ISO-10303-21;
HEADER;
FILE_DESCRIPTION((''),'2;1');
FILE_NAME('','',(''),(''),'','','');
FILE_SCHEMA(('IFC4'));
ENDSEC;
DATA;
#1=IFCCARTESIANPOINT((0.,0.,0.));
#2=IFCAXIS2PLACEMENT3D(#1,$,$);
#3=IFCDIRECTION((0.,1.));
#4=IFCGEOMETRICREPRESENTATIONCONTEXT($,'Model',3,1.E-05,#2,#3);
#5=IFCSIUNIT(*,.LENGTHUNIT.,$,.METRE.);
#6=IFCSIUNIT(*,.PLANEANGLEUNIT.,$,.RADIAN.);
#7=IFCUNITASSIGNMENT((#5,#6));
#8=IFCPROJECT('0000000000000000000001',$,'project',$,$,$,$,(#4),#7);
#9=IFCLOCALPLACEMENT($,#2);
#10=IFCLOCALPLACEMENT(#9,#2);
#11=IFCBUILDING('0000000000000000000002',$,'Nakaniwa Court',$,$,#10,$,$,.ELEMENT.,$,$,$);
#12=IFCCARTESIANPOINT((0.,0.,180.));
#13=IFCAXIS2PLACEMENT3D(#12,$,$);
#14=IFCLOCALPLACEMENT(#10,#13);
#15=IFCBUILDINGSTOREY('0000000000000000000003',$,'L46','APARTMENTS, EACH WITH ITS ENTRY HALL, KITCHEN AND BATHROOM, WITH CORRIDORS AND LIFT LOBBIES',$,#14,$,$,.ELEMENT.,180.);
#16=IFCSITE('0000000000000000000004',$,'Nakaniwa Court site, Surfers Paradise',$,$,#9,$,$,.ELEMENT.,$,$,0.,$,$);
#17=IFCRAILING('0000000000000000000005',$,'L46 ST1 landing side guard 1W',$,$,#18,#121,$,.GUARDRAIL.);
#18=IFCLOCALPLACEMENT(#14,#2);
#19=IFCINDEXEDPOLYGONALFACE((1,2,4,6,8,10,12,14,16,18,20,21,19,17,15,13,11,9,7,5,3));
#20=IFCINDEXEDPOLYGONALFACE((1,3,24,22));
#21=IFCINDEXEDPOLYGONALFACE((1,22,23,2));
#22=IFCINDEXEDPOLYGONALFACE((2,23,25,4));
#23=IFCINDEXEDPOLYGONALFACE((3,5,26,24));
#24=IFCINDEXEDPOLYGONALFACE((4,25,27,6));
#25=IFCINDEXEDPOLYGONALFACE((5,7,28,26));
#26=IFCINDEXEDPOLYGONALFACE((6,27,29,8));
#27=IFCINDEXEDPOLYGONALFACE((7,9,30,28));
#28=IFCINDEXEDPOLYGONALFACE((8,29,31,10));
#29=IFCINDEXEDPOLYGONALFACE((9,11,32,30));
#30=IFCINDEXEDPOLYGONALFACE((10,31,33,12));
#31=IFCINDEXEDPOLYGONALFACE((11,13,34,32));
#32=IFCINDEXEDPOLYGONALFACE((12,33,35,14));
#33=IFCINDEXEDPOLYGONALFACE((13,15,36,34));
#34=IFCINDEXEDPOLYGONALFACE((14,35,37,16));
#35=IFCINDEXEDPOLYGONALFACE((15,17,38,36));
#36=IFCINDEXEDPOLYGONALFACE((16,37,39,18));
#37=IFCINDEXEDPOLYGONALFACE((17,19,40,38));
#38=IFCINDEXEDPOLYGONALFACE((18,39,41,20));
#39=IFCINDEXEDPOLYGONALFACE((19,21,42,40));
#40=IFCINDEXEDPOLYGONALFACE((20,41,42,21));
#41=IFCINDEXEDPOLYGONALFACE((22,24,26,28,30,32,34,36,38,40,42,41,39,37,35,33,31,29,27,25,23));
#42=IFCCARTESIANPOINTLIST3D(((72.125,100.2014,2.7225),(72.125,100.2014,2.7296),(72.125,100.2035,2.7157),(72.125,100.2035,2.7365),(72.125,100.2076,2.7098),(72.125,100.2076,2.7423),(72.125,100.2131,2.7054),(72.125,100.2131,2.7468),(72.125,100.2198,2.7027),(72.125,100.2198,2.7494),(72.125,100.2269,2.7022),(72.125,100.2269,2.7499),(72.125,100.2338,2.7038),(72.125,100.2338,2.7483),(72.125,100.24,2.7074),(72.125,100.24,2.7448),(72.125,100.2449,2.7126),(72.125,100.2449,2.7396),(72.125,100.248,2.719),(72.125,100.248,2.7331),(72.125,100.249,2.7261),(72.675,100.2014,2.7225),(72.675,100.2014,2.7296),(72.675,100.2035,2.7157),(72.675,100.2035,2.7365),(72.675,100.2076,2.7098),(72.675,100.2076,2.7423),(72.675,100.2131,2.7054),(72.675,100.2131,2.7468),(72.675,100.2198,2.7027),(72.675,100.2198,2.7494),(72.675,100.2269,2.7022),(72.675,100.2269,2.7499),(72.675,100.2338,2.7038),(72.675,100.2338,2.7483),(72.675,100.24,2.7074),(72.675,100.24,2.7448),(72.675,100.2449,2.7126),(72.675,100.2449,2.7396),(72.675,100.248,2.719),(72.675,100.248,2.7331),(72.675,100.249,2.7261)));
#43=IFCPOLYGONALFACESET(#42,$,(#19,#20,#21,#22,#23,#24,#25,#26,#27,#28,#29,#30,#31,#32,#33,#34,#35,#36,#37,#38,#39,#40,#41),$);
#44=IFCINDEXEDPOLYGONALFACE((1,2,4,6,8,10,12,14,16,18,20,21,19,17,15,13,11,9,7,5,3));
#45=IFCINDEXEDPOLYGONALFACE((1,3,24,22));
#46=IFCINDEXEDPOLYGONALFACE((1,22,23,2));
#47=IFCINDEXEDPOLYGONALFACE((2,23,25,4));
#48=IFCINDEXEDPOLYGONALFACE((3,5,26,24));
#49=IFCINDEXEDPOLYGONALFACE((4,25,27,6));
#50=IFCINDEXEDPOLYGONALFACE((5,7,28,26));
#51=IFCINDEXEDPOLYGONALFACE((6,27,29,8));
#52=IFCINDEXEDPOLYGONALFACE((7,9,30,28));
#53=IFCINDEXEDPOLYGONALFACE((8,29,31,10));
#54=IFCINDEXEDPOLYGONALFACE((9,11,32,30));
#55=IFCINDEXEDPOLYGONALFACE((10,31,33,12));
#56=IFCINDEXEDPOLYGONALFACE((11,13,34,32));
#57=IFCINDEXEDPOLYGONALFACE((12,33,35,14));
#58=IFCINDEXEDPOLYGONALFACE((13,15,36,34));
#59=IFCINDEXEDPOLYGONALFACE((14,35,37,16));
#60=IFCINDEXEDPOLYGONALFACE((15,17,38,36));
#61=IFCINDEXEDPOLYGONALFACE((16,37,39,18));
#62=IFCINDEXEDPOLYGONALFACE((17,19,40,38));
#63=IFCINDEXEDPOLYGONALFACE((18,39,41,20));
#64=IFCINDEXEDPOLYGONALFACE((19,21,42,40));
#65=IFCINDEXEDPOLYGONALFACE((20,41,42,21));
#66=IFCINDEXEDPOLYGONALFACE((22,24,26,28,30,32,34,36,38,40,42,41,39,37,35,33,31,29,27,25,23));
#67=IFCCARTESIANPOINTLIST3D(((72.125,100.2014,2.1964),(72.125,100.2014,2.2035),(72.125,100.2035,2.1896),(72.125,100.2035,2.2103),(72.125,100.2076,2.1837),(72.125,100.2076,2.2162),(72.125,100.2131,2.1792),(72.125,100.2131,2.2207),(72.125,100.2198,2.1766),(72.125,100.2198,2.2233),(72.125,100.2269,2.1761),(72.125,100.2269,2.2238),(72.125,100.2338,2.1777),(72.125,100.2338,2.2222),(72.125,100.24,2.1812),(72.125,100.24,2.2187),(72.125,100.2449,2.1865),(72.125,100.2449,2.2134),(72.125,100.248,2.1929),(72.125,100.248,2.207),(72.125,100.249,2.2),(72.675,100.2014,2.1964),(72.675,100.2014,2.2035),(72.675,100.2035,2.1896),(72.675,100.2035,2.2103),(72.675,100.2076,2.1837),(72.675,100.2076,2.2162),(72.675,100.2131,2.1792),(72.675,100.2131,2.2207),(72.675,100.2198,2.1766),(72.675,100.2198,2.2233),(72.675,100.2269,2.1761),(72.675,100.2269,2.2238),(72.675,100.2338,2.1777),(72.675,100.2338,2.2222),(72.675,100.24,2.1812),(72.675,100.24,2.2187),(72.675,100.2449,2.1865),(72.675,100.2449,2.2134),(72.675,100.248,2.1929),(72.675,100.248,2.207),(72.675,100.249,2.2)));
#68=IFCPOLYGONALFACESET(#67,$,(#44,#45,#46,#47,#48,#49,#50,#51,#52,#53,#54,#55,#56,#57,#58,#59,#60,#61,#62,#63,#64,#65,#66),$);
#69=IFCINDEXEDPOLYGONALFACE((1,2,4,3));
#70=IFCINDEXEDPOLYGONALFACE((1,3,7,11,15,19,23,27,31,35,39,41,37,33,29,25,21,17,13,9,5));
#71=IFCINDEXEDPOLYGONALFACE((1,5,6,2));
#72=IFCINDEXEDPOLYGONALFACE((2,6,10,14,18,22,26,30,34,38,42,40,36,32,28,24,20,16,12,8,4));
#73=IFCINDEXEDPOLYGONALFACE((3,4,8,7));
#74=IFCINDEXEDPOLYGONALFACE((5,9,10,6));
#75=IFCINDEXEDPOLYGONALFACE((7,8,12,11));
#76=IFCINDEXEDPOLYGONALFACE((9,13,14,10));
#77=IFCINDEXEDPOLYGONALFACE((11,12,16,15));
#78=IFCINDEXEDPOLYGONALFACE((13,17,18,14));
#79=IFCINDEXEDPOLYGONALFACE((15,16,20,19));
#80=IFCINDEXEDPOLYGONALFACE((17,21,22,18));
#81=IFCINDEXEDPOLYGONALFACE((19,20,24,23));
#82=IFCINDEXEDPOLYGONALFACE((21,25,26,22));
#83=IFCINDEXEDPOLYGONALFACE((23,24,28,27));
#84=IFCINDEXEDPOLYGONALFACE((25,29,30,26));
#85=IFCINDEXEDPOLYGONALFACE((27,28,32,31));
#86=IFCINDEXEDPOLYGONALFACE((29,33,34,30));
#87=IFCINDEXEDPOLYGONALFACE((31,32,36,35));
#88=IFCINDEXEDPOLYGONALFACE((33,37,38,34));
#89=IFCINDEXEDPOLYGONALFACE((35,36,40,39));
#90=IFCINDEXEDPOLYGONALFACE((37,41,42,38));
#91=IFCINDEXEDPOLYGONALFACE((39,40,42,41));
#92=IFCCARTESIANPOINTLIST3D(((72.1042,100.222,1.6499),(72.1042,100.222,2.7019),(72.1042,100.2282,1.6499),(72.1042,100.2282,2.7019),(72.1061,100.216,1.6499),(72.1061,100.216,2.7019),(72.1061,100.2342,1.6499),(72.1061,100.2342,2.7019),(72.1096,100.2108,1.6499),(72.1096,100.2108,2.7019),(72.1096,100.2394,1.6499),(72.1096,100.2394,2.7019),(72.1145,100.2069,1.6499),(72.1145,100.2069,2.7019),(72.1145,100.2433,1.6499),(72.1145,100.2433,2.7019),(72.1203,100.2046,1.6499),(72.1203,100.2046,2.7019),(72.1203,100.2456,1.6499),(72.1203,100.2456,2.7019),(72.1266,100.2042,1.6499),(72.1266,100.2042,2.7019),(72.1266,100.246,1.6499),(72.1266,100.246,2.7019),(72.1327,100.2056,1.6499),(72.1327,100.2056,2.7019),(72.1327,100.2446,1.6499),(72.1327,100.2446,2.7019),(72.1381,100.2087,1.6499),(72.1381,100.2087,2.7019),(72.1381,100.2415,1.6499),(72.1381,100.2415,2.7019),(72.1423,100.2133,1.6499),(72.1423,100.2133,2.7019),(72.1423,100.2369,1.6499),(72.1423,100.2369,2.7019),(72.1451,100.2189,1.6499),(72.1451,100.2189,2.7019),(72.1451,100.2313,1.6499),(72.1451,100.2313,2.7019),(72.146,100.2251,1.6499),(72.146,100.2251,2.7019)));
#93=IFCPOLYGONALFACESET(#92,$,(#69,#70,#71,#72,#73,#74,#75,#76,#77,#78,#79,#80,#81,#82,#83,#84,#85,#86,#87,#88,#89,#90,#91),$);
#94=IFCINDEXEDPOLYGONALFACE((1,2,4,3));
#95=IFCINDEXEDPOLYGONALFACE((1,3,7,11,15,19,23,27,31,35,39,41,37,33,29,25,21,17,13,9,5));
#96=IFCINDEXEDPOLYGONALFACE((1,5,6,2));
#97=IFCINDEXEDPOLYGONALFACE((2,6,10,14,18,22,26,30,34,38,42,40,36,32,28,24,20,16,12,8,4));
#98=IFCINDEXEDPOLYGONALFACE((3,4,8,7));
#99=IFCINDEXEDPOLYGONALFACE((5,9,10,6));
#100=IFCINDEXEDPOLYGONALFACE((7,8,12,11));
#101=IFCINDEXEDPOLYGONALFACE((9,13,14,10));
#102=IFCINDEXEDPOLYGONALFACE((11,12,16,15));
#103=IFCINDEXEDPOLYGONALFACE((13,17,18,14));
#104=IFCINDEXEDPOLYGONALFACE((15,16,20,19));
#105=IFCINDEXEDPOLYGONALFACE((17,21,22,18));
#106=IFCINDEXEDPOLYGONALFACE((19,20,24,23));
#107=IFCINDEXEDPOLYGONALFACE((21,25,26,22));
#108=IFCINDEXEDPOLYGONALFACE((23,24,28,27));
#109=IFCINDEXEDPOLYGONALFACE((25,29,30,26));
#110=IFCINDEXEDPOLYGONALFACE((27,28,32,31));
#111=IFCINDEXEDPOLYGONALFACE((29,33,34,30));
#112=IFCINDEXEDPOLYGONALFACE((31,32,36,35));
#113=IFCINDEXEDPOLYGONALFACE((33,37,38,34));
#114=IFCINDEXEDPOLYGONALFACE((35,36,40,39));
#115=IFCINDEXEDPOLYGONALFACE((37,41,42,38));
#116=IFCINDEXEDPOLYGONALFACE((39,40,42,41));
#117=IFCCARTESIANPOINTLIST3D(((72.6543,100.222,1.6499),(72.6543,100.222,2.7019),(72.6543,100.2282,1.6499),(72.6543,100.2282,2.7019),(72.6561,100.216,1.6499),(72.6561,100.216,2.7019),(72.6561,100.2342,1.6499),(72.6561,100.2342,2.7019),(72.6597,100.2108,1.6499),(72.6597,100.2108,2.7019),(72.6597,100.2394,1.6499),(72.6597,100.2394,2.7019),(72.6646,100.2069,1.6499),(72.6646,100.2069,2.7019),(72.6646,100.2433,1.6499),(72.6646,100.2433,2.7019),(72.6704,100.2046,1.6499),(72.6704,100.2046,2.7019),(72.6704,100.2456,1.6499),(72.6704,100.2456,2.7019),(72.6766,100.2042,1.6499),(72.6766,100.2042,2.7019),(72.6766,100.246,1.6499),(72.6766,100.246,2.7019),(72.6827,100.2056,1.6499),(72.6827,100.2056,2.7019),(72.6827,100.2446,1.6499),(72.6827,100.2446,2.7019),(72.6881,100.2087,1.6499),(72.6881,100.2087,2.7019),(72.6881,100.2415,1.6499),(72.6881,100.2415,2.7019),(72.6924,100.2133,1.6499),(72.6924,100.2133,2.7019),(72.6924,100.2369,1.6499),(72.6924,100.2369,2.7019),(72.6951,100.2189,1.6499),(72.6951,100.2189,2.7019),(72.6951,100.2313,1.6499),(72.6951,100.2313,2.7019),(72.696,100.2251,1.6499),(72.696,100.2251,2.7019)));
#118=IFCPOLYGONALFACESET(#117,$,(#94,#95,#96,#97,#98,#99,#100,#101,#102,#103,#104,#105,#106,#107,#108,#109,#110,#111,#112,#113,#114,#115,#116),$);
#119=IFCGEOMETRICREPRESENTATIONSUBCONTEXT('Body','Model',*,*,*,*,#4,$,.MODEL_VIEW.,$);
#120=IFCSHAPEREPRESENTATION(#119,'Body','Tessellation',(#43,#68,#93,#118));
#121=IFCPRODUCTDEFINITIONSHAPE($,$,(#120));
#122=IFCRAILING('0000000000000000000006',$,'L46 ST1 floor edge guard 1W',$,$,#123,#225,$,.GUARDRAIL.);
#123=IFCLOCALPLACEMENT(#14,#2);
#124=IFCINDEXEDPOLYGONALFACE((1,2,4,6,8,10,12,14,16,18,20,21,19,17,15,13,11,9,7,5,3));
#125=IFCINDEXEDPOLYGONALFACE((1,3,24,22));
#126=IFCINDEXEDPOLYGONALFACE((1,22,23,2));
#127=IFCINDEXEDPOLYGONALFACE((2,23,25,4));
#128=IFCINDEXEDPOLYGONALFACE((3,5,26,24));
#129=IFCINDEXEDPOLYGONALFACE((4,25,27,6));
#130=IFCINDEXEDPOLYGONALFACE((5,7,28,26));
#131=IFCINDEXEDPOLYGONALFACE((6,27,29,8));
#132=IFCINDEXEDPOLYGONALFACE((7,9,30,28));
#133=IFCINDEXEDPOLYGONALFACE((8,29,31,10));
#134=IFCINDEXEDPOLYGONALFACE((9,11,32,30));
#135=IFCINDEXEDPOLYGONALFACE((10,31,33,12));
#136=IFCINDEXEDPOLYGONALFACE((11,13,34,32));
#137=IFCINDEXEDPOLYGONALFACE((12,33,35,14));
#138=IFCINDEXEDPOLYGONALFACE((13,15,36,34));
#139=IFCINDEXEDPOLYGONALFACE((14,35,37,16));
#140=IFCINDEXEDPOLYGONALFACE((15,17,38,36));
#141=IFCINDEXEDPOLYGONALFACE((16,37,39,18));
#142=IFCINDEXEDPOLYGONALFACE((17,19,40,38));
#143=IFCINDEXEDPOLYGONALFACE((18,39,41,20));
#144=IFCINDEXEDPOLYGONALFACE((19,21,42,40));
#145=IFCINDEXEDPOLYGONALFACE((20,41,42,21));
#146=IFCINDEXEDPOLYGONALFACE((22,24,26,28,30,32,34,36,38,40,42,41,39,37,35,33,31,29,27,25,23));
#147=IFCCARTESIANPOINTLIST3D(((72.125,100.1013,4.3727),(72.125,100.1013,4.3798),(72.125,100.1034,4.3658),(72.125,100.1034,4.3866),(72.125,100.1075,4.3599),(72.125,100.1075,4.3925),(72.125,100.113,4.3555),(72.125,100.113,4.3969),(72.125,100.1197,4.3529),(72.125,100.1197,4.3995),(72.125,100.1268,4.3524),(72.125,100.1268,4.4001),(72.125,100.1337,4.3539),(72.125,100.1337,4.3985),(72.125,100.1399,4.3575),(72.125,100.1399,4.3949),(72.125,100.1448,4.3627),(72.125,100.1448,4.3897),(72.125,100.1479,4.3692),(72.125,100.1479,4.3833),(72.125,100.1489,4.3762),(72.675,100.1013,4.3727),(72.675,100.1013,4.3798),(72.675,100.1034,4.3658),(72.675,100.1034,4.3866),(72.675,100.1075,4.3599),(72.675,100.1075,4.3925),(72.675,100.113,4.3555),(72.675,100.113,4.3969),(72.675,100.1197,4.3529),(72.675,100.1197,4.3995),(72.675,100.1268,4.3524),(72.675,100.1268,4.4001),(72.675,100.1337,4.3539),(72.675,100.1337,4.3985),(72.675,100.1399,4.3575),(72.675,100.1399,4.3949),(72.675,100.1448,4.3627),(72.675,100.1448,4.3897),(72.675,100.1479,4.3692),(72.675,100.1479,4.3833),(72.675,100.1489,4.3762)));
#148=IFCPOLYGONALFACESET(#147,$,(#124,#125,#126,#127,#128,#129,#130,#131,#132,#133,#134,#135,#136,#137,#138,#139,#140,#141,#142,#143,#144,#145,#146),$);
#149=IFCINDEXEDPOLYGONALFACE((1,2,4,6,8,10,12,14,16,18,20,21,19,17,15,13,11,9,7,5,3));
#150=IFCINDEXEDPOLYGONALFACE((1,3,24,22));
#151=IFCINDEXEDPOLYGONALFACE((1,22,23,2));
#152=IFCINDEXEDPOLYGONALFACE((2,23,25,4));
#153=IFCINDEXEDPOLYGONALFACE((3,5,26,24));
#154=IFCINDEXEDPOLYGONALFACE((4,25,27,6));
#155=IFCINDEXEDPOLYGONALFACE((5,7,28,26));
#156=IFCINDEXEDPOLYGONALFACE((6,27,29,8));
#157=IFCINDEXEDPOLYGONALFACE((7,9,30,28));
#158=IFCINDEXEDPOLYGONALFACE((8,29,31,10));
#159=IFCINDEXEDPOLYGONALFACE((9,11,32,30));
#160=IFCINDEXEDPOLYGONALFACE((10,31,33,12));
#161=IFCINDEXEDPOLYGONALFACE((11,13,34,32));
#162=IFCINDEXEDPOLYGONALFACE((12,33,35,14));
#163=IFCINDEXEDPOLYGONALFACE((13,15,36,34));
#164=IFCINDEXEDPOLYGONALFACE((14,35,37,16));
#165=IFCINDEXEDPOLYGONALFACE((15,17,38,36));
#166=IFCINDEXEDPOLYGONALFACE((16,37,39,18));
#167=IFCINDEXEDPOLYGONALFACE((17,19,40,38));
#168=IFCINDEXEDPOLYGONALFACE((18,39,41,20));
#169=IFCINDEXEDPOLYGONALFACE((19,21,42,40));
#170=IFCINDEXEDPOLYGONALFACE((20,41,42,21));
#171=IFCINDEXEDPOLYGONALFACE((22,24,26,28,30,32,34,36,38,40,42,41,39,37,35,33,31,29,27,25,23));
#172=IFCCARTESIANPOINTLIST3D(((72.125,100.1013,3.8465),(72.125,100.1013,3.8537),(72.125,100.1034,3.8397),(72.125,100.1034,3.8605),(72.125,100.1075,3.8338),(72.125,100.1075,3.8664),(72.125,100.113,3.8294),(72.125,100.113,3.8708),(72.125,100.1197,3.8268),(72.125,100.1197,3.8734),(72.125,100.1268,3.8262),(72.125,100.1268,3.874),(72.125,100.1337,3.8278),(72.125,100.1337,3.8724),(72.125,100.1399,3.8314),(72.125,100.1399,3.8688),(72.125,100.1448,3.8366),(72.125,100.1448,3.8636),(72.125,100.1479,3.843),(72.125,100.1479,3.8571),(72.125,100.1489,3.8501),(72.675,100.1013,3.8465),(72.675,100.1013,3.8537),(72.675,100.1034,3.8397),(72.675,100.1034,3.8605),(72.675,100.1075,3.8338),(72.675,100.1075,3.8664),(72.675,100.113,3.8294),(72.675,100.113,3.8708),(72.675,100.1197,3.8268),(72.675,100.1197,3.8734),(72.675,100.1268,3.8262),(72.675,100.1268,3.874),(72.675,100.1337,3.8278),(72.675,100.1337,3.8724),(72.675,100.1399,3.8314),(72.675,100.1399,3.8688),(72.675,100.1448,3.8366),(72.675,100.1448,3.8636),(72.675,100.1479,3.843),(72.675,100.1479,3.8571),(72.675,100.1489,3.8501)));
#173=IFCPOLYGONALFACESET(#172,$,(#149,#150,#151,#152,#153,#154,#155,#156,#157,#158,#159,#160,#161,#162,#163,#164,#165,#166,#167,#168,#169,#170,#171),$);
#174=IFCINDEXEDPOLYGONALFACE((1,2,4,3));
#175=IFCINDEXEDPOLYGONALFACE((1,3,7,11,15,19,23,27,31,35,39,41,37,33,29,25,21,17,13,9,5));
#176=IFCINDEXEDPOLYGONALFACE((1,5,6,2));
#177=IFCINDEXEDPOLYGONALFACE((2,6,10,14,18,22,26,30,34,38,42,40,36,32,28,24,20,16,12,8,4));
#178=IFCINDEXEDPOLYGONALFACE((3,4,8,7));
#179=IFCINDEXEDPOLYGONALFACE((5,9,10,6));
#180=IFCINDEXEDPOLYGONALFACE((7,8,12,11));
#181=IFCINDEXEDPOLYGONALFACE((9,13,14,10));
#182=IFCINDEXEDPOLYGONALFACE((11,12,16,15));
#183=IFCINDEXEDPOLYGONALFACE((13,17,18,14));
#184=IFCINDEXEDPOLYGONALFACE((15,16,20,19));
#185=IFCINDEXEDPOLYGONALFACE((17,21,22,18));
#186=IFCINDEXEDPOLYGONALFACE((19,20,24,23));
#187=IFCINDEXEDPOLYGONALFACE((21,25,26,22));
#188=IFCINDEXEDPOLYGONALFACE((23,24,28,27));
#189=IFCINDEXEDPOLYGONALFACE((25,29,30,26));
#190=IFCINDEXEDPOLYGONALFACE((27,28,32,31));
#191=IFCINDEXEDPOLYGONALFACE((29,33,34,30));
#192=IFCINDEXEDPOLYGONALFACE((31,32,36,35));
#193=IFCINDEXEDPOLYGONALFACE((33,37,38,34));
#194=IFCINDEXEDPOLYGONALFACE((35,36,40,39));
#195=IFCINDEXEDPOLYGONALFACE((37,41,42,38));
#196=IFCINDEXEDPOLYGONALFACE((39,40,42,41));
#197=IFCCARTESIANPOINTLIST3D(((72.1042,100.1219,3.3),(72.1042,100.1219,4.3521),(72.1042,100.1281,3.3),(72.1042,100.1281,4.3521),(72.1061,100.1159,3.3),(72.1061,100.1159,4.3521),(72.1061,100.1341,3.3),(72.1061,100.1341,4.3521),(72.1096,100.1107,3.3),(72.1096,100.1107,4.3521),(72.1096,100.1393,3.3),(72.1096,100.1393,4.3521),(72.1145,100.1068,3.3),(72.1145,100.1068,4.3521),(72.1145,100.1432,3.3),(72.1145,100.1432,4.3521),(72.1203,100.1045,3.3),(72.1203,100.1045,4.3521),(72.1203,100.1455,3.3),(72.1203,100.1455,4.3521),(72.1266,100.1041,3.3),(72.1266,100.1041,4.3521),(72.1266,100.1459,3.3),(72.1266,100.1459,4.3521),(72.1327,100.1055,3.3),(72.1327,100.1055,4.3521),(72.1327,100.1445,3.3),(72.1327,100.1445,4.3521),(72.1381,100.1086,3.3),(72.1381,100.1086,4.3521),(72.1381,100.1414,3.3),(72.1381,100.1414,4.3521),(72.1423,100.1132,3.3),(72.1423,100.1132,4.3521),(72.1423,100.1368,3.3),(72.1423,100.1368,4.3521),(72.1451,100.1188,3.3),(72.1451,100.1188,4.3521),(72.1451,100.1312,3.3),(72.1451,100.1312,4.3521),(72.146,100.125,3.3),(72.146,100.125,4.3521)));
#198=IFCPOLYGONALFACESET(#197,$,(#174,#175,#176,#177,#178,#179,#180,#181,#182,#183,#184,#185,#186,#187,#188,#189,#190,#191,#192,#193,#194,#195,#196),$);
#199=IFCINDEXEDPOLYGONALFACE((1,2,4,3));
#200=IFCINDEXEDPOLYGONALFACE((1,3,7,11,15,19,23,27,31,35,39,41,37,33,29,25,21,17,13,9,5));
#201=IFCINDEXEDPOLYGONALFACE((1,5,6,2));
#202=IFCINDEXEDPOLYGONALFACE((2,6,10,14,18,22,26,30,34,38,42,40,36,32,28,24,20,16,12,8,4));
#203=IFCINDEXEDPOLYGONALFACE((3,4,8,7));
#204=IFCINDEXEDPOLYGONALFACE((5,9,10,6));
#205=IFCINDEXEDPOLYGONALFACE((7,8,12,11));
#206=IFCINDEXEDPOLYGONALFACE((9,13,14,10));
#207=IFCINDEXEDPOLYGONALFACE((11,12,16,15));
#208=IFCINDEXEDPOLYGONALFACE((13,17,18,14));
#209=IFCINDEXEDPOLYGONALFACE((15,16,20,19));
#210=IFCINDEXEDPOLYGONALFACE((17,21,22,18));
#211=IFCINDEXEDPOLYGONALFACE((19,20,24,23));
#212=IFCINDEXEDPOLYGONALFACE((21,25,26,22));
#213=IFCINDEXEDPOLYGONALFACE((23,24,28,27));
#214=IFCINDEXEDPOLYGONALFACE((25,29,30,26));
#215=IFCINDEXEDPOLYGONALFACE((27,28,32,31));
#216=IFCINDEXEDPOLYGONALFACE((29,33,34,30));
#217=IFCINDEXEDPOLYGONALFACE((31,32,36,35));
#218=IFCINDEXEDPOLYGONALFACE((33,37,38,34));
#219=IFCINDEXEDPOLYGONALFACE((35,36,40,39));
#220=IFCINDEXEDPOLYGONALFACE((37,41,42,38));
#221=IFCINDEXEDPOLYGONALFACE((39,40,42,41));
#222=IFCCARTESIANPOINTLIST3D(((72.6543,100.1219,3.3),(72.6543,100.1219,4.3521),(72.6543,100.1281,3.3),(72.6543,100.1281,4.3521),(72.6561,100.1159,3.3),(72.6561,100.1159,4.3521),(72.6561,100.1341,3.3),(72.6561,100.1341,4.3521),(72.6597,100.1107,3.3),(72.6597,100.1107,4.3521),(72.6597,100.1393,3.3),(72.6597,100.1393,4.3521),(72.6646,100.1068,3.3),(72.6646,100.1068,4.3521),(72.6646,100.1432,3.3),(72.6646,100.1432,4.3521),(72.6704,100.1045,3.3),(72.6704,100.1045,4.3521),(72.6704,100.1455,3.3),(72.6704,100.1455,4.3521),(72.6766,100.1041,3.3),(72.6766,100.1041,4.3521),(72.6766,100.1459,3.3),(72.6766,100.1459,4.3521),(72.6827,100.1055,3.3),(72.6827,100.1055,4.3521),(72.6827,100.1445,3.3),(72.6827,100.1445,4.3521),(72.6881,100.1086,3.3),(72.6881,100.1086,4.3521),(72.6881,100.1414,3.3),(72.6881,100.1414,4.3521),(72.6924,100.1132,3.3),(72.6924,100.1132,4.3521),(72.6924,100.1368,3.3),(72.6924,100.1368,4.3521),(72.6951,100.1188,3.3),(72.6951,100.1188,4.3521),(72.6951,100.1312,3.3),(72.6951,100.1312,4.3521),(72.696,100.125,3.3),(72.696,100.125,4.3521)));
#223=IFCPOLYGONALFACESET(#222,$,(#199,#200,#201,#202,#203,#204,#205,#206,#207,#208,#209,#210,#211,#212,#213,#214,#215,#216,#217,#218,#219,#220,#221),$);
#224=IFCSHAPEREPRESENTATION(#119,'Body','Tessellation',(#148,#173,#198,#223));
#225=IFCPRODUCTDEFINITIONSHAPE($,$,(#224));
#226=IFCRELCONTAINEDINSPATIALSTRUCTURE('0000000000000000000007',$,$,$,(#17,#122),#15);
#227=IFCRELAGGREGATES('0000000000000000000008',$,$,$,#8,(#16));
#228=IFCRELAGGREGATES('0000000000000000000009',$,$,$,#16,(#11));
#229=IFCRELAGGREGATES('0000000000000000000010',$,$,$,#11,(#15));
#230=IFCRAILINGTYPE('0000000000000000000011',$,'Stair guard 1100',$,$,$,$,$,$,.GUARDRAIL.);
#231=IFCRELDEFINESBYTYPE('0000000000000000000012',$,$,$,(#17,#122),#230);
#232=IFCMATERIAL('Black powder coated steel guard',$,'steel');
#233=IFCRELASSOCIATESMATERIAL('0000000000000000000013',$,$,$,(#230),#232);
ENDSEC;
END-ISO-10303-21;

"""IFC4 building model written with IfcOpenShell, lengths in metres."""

from ifc_helpers import new_model, si_unit, direction, frame, origin, origin_2d, place, context, subcontext, project, spatial, circle, extrude, material, type_object, element, save


model = new_model("IFC4")

# Units and contexts
model_context = context("Model", 3, precision=1e-05, world=origin(), true_north=direction((0.0, 1.0)))
body_context = subcontext(model_context, "Body", "Model", "MODEL_VIEW")
ifc_project = project(units=[si_unit("LENGTHUNIT", "METRE"), si_unit("PLANEANGLEUNIT", "RADIAN")], contexts=[model_context])

# Site, building, storey
site_placement = place(None, origin())
site = spatial("IfcSite", under=ifc_project, at=site_placement, Name="Nakaniwa Court site, Surfers Paradise", CompositionType="ELEMENT", RefElevation=0.0)
building_placement = place(site_placement, origin())
building = spatial("IfcBuilding", under=site, at=building_placement, Name="Nakaniwa Court", CompositionType="ELEMENT")
storey_placement = place(building_placement, frame((0.0, 0.0, 180.0)))
storey = spatial("IfcBuildingStorey", under=building, at=storey_placement, Name="L46", Description="APARTMENTS, EACH WITH ITS ENTRY HALL, KITCHEN AND BATHROOM, WITH CORRIDORS AND LIFT LOBBIES", CompositionType="ELEMENT", Elevation=180.0)

# Railings
ifc_material_1 = material(Name="Black powder coated steel guard", Category="steel")
railing_type_1 = type_object("IfcRailingType", Name="Stair guard 1100", PredefinedType="GUARDRAIL", material=ifc_material_1)
for number, where, name in (
    (1, (72.125, 100.2251, 1.6499), "L46 ST1 landing side guard 1W"),
    (2, (72.125, 100.125, 3.3), "L46 ST1 floor edge guard 1W"),
):
    element("IfcRailing", number, at=place(storey_placement, frame(where)), inside=storey, type_object=railing_type_1, Name=name, PredefinedType="GUARDRAIL", context=body_context, shape_type="SweptSolid", body=[
        extrude(circle(Radius=0.0239, at=origin_2d()), frame((0.0, 0.0, 1.0762), z_axis=(1.0, 0.0, 0.0), x_axis=(0.0, 1.0, 0.0)), (0.0, 0.0, 1.0), 0.55),
        extrude(circle(Radius=0.0239, at=origin_2d()), frame((0.0, 0.0, 0.55), z_axis=(1.0, 0.0, 0.0), x_axis=(0.0, 1.0, 0.0)), (0.0, 0.0, 1.0), 0.55),
        extrude(circle(Radius=0.021, at=origin_2d()), origin(), (0.0, 0.0, 1.0), 1.052),
        extrude(circle(Radius=0.021, at=origin_2d()), frame((0.55, 0.0, 0.0)), (0.0, 0.0, 1.0), 1.052),
    ])

save(model, "model.ifc")
